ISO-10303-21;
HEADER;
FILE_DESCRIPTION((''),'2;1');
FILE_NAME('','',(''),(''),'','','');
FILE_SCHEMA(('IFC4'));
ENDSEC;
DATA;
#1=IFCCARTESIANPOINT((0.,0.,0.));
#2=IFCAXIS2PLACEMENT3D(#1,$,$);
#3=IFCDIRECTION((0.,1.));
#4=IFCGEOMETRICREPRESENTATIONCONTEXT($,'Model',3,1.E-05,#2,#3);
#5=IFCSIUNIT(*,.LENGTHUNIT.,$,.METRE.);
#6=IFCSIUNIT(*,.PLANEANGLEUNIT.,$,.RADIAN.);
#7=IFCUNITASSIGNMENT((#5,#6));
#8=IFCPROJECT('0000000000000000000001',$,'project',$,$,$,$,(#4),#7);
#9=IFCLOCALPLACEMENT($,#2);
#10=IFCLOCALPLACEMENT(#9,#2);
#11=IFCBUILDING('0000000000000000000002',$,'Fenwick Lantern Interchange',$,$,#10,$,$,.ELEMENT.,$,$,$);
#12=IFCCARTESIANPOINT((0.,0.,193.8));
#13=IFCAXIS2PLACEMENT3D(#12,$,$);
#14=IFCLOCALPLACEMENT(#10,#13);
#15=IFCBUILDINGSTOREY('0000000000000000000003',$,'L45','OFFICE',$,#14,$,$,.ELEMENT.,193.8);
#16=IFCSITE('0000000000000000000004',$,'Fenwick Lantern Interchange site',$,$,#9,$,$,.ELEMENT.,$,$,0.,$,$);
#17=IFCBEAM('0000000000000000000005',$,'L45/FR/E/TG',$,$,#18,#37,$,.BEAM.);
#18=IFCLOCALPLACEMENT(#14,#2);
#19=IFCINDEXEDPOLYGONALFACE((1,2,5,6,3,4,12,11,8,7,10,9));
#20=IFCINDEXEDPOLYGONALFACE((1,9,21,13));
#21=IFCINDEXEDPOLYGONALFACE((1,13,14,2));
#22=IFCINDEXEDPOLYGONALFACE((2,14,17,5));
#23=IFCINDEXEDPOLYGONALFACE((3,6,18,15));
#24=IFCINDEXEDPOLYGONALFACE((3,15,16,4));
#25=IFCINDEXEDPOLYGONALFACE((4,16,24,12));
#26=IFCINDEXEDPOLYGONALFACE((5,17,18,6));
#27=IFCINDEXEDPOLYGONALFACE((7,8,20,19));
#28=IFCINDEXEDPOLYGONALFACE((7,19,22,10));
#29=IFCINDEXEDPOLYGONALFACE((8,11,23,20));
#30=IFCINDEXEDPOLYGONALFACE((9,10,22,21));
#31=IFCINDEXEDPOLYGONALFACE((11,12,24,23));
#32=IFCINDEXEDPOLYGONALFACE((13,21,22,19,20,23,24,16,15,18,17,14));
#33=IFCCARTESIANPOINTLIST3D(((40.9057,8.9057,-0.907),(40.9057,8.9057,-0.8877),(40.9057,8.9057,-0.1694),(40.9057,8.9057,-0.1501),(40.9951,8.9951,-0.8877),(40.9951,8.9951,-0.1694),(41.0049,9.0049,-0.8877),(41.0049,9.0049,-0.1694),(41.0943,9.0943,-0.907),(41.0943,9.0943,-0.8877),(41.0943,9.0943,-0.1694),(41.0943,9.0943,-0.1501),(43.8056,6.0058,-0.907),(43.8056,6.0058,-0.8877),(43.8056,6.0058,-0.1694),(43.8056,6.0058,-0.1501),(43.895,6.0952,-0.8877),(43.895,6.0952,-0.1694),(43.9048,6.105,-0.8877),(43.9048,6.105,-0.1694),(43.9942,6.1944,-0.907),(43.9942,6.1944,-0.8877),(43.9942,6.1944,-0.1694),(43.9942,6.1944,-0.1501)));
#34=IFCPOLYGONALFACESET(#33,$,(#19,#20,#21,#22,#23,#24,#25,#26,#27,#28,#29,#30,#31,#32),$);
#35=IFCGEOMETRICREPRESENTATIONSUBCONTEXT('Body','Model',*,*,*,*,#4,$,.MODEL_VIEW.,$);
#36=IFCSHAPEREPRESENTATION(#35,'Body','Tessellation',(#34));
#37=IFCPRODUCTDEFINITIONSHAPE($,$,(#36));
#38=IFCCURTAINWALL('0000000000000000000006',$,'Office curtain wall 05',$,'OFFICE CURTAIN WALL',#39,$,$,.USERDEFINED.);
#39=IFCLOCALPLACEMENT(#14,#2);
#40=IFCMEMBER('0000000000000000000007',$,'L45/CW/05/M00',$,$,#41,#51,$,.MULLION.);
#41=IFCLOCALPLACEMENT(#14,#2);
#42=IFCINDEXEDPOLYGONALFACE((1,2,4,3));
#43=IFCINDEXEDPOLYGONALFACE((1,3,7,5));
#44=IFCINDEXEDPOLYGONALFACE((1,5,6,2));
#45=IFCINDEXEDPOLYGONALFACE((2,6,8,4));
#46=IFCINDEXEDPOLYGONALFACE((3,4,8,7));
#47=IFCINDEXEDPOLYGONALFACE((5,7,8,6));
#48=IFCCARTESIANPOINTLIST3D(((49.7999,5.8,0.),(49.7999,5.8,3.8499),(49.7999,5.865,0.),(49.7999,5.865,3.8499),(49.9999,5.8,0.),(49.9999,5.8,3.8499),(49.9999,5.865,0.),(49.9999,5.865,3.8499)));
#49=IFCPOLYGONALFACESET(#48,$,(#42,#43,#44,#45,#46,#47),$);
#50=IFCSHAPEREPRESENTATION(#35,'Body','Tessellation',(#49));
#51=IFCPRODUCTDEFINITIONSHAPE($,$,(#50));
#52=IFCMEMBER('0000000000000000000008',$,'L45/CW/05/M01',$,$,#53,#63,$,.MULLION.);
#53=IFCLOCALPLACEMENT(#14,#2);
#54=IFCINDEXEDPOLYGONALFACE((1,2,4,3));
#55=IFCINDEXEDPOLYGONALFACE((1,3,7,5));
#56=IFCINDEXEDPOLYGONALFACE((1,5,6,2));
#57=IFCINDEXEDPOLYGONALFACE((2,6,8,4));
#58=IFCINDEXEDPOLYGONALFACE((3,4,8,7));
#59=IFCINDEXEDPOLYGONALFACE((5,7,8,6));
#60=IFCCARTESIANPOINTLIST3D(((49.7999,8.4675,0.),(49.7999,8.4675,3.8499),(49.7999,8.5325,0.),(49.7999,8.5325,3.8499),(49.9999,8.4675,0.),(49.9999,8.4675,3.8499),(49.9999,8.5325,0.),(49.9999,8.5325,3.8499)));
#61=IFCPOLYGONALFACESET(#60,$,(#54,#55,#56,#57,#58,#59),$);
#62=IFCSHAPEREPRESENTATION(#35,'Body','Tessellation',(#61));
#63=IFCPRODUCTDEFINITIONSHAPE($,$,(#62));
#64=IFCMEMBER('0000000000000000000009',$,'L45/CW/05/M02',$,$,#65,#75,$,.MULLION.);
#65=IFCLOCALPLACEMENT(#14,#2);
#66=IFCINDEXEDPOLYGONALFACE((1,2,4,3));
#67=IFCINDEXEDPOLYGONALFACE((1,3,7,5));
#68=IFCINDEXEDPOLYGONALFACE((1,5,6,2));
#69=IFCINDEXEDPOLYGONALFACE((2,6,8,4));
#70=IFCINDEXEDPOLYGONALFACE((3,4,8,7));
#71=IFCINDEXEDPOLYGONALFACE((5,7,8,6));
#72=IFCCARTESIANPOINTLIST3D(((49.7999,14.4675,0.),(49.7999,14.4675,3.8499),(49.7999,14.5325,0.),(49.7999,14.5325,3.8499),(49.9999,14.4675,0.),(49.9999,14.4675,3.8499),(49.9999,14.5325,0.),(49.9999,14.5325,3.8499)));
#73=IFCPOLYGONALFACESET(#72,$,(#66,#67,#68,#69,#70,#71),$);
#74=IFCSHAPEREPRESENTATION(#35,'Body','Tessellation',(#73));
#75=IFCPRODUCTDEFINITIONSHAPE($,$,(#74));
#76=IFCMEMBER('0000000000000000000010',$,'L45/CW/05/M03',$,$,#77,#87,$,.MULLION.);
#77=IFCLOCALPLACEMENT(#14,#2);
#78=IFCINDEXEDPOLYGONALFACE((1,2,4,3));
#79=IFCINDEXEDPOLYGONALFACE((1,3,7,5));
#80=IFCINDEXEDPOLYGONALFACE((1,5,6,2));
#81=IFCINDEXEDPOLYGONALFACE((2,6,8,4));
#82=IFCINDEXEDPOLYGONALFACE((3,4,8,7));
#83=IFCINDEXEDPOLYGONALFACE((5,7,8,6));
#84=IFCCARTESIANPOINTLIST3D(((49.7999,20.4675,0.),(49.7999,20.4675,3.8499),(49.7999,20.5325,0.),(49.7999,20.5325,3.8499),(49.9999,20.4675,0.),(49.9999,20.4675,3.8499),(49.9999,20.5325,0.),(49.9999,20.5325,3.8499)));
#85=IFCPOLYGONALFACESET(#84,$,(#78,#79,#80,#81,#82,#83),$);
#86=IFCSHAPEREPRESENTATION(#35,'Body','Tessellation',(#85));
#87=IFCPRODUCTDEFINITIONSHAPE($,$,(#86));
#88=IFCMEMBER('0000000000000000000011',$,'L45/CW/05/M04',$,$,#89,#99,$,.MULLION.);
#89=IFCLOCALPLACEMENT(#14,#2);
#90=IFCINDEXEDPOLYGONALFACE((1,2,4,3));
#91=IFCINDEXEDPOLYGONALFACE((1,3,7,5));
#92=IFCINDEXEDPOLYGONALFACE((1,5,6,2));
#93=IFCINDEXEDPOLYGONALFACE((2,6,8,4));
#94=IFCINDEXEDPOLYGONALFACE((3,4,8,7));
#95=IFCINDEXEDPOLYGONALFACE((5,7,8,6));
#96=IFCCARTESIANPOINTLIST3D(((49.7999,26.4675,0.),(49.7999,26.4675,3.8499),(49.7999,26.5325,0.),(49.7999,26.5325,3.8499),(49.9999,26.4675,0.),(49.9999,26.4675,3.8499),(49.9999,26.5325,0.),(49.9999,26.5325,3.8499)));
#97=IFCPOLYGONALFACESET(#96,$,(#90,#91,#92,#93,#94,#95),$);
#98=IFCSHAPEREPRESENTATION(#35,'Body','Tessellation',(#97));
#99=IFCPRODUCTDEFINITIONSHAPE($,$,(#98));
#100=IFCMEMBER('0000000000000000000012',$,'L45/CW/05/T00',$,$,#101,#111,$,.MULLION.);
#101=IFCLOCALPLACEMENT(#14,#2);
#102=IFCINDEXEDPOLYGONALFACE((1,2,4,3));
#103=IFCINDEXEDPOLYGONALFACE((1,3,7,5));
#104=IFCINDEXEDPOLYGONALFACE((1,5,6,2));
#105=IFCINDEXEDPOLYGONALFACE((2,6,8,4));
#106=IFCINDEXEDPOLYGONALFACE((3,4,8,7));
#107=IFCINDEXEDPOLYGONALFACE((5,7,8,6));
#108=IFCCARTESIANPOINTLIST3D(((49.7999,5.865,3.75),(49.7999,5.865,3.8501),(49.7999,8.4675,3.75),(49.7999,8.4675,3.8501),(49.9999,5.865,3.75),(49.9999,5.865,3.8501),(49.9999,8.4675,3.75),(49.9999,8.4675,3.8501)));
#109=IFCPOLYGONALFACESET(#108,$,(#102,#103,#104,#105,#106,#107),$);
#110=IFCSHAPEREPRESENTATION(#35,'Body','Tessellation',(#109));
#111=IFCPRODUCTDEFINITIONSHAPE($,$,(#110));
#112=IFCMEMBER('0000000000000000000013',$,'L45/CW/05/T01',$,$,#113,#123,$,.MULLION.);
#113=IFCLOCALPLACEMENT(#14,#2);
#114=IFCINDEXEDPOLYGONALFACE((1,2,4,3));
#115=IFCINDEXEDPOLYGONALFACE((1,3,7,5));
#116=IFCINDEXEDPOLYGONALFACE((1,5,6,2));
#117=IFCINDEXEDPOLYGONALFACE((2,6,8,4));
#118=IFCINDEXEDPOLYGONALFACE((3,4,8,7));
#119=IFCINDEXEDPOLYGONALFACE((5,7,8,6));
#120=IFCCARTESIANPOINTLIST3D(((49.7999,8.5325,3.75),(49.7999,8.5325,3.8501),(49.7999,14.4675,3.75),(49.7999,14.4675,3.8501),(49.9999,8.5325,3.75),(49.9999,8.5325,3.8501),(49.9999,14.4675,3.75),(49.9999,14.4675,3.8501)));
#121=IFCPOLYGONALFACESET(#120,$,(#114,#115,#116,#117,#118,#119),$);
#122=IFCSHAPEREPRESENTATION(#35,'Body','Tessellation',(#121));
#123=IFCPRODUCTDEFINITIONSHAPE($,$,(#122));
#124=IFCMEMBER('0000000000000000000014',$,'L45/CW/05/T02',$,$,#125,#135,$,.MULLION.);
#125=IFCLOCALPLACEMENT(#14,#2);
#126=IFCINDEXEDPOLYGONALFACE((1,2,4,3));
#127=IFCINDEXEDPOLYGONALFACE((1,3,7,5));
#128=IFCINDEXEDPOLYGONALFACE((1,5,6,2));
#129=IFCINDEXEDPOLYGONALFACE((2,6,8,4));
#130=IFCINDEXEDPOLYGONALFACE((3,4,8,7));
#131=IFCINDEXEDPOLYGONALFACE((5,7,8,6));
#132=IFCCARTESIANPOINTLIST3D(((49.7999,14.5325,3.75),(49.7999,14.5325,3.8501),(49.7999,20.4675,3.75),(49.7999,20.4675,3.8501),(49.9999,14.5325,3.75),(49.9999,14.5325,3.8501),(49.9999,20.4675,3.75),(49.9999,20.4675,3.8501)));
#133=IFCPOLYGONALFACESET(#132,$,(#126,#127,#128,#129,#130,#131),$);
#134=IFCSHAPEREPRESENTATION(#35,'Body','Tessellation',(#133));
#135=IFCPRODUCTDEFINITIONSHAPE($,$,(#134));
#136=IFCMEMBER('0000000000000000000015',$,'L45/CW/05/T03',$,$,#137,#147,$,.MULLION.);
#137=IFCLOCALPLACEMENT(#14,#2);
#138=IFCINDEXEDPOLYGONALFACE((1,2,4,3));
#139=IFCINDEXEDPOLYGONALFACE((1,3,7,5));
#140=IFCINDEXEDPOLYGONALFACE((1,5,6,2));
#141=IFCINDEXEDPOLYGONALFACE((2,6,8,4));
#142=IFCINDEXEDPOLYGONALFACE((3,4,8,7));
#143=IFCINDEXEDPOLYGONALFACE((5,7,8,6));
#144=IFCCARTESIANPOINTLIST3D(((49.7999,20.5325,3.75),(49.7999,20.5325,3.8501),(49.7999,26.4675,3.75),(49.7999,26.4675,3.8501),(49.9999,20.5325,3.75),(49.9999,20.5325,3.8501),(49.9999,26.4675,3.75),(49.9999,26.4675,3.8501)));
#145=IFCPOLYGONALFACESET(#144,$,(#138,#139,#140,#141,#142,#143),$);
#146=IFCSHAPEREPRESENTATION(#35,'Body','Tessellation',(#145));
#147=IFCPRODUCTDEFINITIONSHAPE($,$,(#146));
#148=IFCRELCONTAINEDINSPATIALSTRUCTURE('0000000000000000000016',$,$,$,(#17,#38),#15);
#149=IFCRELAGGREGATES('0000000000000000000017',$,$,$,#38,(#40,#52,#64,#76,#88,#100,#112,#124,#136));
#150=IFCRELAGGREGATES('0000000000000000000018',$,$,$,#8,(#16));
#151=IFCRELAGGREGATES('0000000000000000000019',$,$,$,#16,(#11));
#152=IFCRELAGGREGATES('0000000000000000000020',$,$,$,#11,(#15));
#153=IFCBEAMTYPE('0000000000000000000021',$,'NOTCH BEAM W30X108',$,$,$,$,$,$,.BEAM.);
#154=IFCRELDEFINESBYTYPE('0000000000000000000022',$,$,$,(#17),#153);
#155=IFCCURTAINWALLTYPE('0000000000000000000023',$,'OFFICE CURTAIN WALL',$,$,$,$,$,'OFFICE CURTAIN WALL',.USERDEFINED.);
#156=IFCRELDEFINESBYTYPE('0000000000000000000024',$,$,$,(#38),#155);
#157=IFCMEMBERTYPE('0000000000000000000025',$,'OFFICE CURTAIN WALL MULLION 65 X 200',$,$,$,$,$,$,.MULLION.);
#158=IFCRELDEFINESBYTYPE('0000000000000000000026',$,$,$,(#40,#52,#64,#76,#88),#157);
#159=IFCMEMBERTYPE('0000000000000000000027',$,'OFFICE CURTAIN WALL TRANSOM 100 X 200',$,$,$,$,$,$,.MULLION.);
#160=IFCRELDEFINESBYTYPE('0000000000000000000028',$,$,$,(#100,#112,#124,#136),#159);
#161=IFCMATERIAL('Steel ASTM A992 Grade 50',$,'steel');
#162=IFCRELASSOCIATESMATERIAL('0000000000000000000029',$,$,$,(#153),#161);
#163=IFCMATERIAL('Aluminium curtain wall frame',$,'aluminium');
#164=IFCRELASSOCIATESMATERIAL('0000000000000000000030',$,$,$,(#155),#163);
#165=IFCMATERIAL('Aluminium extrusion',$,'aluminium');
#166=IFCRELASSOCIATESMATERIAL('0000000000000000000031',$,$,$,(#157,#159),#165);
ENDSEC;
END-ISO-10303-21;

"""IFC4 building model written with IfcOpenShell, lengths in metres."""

from ifc_helpers import new_model, si_unit, direction, frame, origin, origin_2d, place, context, subcontext, project, spatial, rectangle, i_section, extrude, material, material_profile, profile_set, type_object, element, aggregate, save


model = new_model("IFC4")

# Units and contexts
model_context = context("Model", 3, precision=1e-05, world=origin(), true_north=direction((0.0, 1.0)))
body_context = subcontext(model_context, "Body", "Model", "MODEL_VIEW")
ifc_project = project(units=[si_unit("LENGTHUNIT", "METRE"), si_unit("PLANEANGLEUNIT", "RADIAN")], contexts=[model_context])

# Site, building, storey
site_placement = place(None, origin())
site = spatial("IfcSite", under=ifc_project, at=site_placement, Name="Fenwick Lantern Interchange site", CompositionType="ELEMENT", RefElevation=0.0)
building_placement = place(site_placement, origin())
building = spatial("IfcBuilding", under=site, at=building_placement, Name="Fenwick Lantern Interchange", CompositionType="ELEMENT")
storey_placement = place(building_placement, frame((0.0, 0.0, 193.8)))
storey = spatial("IfcBuildingStorey", under=building, at=storey_placement, Name="L45", Description="OFFICE", CompositionType="ELEMENT", Elevation=193.8)

# Shared definitions
ifc_material_1 = material(Name="Steel ASTM A992 Grade 50", Category="steel")

# Beam
ifc_material_profile_1 = material_profile(ifc_material_1, i_section(OverallWidth=0.2666, OverallDepth=0.7568, WebThickness=0.0139, FlangeThickness=0.0193, at=origin_2d()), Name="W30X108")
ifc_profile_set_1 = profile_set([ifc_material_profile_1], Name="Steel ASTM A992 Grade 50")
beam_type_1 = type_object("IfcBeamType", Name="NOTCH BEAM W30X108", PredefinedType="BEAM", material=ifc_profile_set_1)
beam_1_placement = place(storey_placement, frame((41.0, 9.0, -0.5286), z_axis=(0.707107, -0.707107, 0.0), x_axis=(0.707107, 0.707107, 0.0)))
element("IfcBeam", 1, at=beam_1_placement, inside=storey, type_object=beam_type_1, Name="L45/FR/E/TG", PredefinedType="BEAM", context=body_context, shape_type="SweptSolid", body=[
    extrude(i_section(OverallWidth=0.2666, OverallDepth=0.7568, WebThickness=0.0139, FlangeThickness=0.0193, at=origin_2d()), origin(), (0.0, 0.0, 1.0), 4.1011),
])

# Curtain wall, members
ifc_material_2 = material(Name="Aluminium curtain wall frame", Category="aluminium")
curtain_wall_type = type_object("IfcCurtainWallType", Name="OFFICE CURTAIN WALL", ElementType="OFFICE CURTAIN WALL", PredefinedType="USERDEFINED", material=ifc_material_2)
curtain_wall_placement = place(storey_placement, origin())
curtain_wall = element("IfcCurtainWall", 2, at=curtain_wall_placement, inside=storey, type_object=curtain_wall_type, Name="Office curtain wall 05", ObjectType="OFFICE CURTAIN WALL", PredefinedType="USERDEFINED")
ifc_material_3 = material(Name="Aluminium extrusion", Category="aluminium")
ifc_material_profile_2 = material_profile(ifc_material_3, rectangle(XDim=0.2, YDim=0.0649, at=origin_2d()), Name="OFFICE CURTAIN WALL MULLION 65 X 200")
ifc_profile_set_2 = profile_set([ifc_material_profile_2], Name="Aluminium extrusion")
member_type_1 = type_object("IfcMemberType", Name="OFFICE CURTAIN WALL MULLION 65 X 200", PredefinedType="MULLION", material=ifc_profile_set_2)
member_1_placement = place(storey_placement, frame((49.8999, 5.8325, 0.0), z_axis=(0.0, 0.0, 1.0), x_axis=(-1.0, 0.0, 0.0)))
member_1 = element("IfcMember", 3, at=member_1_placement, type_object=member_type_1, Name="L45/CW/05/M00", PredefinedType="MULLION", context=body_context, shape_type="SweptSolid", body=[
    extrude(rectangle(XDim=0.2, YDim=0.0649, at=origin_2d()), origin(), (0.0, 0.0, 1.0), 3.8499),
])
member_2_placement = place(storey_placement, frame((49.8999, 8.5, 0.0), z_axis=(0.0, 0.0, 1.0), x_axis=(-1.0, 0.0, 0.0)))
member_2 = element("IfcMember", 4, at=member_2_placement, type_object=member_type_1, Name="L45/CW/05/M01", PredefinedType="MULLION", context=body_context, shape_type="SweptSolid", body=[
    extrude(rectangle(XDim=0.2, YDim=0.0649, at=origin_2d()), origin(), (0.0, 0.0, 1.0), 3.8499),
])
member_3_placement = place(storey_placement, frame((49.8999, 14.5, 0.0), z_axis=(0.0, 0.0, 1.0), x_axis=(-1.0, 0.0, 0.0)))
member_3 = element("IfcMember", 5, at=member_3_placement, type_object=member_type_1, Name="L45/CW/05/M02", PredefinedType="MULLION", context=body_context, shape_type="SweptSolid", body=[
    extrude(rectangle(XDim=0.2, YDim=0.0649, at=origin_2d()), origin(), (0.0, 0.0, 1.0), 3.8499),
])
member_4_placement = place(storey_placement, frame((49.8999, 20.5, 0.0), z_axis=(0.0, 0.0, 1.0), x_axis=(-1.0, 0.0, 0.0)))
member_4 = element("IfcMember", 6, at=member_4_placement, type_object=member_type_1, Name="L45/CW/05/M03", PredefinedType="MULLION", context=body_context, shape_type="SweptSolid", body=[
    extrude(rectangle(XDim=0.2, YDim=0.0649, at=origin_2d()), origin(), (0.0, 0.0, 1.0), 3.8499),
])
member_5_placement = place(storey_placement, frame((49.8999, 26.5, 0.0), z_axis=(0.0, 0.0, 1.0), x_axis=(-1.0, 0.0, 0.0)))
member_5 = element("IfcMember", 7, at=member_5_placement, type_object=member_type_1, Name="L45/CW/05/M04", PredefinedType="MULLION", context=body_context, shape_type="SweptSolid", body=[
    extrude(rectangle(XDim=0.2, YDim=0.0649, at=origin_2d()), origin(), (0.0, 0.0, 1.0), 3.8499),
])
ifc_material_profile_3 = material_profile(ifc_material_3, rectangle(XDim=0.2, YDim=0.1001, at=origin_2d()), Name="OFFICE CURTAIN WALL TRANSOM 100 X 200")
ifc_profile_set_3 = profile_set([ifc_material_profile_3], Name="Aluminium extrusion")
member_type_2 = type_object("IfcMemberType", Name="OFFICE CURTAIN WALL TRANSOM 100 X 200", PredefinedType="MULLION", material=ifc_profile_set_3)
member_6_placement = place(storey_placement, frame((49.8999, 5.865, 3.8), z_axis=(0.0, 1.0, 0.0), x_axis=(-1.0, 0.0, 0.0)))
member_6 = element("IfcMember", 8, at=member_6_placement, type_object=member_type_2, Name="L45/CW/05/T00", PredefinedType="MULLION", context=body_context, shape_type="SweptSolid", body=[
    extrude(rectangle(XDim=0.2, YDim=0.1001, at=origin_2d()), origin(), (0.0, 0.0, 1.0), 2.6025),
])
member_7_placement = place(storey_placement, frame((49.8999, 8.5325, 3.8), z_axis=(0.0, 1.0, 0.0), x_axis=(-1.0, 0.0, 0.0)))
member_7 = element("IfcMember", 9, at=member_7_placement, type_object=member_type_2, Name="L45/CW/05/T01", PredefinedType="MULLION", context=body_context, shape_type="SweptSolid", body=[
    extrude(rectangle(XDim=0.2, YDim=0.1001, at=origin_2d()), origin(), (0.0, 0.0, 1.0), 5.9351),
])
member_8_placement = place(storey_placement, frame((49.8999, 14.5325, 3.8), z_axis=(0.0, 1.0, 0.0), x_axis=(-1.0, 0.0, 0.0)))
member_8 = element("IfcMember", 10, at=member_8_placement, type_object=member_type_2, Name="L45/CW/05/T02", PredefinedType="MULLION", context=body_context, shape_type="SweptSolid", body=[
    extrude(rectangle(XDim=0.2, YDim=0.1001, at=origin_2d()), origin(), (0.0, 0.0, 1.0), 5.9351),
])
member_9_placement = place(storey_placement, frame((49.8999, 20.5325, 3.8), z_axis=(0.0, 1.0, 0.0), x_axis=(-1.0, 0.0, 0.0)))
member_9 = element("IfcMember", 11, at=member_9_placement, type_object=member_type_2, Name="L45/CW/05/T03", PredefinedType="MULLION", context=body_context, shape_type="SweptSolid", body=[
    extrude(rectangle(XDim=0.2, YDim=0.1001, at=origin_2d()), origin(), (0.0, 0.0, 1.0), 5.9351),
])
aggregate(curtain_wall, [member_1, member_2, member_3, member_4, member_5, member_6, member_7, member_8, member_9])

save(model, "model.ifc")
